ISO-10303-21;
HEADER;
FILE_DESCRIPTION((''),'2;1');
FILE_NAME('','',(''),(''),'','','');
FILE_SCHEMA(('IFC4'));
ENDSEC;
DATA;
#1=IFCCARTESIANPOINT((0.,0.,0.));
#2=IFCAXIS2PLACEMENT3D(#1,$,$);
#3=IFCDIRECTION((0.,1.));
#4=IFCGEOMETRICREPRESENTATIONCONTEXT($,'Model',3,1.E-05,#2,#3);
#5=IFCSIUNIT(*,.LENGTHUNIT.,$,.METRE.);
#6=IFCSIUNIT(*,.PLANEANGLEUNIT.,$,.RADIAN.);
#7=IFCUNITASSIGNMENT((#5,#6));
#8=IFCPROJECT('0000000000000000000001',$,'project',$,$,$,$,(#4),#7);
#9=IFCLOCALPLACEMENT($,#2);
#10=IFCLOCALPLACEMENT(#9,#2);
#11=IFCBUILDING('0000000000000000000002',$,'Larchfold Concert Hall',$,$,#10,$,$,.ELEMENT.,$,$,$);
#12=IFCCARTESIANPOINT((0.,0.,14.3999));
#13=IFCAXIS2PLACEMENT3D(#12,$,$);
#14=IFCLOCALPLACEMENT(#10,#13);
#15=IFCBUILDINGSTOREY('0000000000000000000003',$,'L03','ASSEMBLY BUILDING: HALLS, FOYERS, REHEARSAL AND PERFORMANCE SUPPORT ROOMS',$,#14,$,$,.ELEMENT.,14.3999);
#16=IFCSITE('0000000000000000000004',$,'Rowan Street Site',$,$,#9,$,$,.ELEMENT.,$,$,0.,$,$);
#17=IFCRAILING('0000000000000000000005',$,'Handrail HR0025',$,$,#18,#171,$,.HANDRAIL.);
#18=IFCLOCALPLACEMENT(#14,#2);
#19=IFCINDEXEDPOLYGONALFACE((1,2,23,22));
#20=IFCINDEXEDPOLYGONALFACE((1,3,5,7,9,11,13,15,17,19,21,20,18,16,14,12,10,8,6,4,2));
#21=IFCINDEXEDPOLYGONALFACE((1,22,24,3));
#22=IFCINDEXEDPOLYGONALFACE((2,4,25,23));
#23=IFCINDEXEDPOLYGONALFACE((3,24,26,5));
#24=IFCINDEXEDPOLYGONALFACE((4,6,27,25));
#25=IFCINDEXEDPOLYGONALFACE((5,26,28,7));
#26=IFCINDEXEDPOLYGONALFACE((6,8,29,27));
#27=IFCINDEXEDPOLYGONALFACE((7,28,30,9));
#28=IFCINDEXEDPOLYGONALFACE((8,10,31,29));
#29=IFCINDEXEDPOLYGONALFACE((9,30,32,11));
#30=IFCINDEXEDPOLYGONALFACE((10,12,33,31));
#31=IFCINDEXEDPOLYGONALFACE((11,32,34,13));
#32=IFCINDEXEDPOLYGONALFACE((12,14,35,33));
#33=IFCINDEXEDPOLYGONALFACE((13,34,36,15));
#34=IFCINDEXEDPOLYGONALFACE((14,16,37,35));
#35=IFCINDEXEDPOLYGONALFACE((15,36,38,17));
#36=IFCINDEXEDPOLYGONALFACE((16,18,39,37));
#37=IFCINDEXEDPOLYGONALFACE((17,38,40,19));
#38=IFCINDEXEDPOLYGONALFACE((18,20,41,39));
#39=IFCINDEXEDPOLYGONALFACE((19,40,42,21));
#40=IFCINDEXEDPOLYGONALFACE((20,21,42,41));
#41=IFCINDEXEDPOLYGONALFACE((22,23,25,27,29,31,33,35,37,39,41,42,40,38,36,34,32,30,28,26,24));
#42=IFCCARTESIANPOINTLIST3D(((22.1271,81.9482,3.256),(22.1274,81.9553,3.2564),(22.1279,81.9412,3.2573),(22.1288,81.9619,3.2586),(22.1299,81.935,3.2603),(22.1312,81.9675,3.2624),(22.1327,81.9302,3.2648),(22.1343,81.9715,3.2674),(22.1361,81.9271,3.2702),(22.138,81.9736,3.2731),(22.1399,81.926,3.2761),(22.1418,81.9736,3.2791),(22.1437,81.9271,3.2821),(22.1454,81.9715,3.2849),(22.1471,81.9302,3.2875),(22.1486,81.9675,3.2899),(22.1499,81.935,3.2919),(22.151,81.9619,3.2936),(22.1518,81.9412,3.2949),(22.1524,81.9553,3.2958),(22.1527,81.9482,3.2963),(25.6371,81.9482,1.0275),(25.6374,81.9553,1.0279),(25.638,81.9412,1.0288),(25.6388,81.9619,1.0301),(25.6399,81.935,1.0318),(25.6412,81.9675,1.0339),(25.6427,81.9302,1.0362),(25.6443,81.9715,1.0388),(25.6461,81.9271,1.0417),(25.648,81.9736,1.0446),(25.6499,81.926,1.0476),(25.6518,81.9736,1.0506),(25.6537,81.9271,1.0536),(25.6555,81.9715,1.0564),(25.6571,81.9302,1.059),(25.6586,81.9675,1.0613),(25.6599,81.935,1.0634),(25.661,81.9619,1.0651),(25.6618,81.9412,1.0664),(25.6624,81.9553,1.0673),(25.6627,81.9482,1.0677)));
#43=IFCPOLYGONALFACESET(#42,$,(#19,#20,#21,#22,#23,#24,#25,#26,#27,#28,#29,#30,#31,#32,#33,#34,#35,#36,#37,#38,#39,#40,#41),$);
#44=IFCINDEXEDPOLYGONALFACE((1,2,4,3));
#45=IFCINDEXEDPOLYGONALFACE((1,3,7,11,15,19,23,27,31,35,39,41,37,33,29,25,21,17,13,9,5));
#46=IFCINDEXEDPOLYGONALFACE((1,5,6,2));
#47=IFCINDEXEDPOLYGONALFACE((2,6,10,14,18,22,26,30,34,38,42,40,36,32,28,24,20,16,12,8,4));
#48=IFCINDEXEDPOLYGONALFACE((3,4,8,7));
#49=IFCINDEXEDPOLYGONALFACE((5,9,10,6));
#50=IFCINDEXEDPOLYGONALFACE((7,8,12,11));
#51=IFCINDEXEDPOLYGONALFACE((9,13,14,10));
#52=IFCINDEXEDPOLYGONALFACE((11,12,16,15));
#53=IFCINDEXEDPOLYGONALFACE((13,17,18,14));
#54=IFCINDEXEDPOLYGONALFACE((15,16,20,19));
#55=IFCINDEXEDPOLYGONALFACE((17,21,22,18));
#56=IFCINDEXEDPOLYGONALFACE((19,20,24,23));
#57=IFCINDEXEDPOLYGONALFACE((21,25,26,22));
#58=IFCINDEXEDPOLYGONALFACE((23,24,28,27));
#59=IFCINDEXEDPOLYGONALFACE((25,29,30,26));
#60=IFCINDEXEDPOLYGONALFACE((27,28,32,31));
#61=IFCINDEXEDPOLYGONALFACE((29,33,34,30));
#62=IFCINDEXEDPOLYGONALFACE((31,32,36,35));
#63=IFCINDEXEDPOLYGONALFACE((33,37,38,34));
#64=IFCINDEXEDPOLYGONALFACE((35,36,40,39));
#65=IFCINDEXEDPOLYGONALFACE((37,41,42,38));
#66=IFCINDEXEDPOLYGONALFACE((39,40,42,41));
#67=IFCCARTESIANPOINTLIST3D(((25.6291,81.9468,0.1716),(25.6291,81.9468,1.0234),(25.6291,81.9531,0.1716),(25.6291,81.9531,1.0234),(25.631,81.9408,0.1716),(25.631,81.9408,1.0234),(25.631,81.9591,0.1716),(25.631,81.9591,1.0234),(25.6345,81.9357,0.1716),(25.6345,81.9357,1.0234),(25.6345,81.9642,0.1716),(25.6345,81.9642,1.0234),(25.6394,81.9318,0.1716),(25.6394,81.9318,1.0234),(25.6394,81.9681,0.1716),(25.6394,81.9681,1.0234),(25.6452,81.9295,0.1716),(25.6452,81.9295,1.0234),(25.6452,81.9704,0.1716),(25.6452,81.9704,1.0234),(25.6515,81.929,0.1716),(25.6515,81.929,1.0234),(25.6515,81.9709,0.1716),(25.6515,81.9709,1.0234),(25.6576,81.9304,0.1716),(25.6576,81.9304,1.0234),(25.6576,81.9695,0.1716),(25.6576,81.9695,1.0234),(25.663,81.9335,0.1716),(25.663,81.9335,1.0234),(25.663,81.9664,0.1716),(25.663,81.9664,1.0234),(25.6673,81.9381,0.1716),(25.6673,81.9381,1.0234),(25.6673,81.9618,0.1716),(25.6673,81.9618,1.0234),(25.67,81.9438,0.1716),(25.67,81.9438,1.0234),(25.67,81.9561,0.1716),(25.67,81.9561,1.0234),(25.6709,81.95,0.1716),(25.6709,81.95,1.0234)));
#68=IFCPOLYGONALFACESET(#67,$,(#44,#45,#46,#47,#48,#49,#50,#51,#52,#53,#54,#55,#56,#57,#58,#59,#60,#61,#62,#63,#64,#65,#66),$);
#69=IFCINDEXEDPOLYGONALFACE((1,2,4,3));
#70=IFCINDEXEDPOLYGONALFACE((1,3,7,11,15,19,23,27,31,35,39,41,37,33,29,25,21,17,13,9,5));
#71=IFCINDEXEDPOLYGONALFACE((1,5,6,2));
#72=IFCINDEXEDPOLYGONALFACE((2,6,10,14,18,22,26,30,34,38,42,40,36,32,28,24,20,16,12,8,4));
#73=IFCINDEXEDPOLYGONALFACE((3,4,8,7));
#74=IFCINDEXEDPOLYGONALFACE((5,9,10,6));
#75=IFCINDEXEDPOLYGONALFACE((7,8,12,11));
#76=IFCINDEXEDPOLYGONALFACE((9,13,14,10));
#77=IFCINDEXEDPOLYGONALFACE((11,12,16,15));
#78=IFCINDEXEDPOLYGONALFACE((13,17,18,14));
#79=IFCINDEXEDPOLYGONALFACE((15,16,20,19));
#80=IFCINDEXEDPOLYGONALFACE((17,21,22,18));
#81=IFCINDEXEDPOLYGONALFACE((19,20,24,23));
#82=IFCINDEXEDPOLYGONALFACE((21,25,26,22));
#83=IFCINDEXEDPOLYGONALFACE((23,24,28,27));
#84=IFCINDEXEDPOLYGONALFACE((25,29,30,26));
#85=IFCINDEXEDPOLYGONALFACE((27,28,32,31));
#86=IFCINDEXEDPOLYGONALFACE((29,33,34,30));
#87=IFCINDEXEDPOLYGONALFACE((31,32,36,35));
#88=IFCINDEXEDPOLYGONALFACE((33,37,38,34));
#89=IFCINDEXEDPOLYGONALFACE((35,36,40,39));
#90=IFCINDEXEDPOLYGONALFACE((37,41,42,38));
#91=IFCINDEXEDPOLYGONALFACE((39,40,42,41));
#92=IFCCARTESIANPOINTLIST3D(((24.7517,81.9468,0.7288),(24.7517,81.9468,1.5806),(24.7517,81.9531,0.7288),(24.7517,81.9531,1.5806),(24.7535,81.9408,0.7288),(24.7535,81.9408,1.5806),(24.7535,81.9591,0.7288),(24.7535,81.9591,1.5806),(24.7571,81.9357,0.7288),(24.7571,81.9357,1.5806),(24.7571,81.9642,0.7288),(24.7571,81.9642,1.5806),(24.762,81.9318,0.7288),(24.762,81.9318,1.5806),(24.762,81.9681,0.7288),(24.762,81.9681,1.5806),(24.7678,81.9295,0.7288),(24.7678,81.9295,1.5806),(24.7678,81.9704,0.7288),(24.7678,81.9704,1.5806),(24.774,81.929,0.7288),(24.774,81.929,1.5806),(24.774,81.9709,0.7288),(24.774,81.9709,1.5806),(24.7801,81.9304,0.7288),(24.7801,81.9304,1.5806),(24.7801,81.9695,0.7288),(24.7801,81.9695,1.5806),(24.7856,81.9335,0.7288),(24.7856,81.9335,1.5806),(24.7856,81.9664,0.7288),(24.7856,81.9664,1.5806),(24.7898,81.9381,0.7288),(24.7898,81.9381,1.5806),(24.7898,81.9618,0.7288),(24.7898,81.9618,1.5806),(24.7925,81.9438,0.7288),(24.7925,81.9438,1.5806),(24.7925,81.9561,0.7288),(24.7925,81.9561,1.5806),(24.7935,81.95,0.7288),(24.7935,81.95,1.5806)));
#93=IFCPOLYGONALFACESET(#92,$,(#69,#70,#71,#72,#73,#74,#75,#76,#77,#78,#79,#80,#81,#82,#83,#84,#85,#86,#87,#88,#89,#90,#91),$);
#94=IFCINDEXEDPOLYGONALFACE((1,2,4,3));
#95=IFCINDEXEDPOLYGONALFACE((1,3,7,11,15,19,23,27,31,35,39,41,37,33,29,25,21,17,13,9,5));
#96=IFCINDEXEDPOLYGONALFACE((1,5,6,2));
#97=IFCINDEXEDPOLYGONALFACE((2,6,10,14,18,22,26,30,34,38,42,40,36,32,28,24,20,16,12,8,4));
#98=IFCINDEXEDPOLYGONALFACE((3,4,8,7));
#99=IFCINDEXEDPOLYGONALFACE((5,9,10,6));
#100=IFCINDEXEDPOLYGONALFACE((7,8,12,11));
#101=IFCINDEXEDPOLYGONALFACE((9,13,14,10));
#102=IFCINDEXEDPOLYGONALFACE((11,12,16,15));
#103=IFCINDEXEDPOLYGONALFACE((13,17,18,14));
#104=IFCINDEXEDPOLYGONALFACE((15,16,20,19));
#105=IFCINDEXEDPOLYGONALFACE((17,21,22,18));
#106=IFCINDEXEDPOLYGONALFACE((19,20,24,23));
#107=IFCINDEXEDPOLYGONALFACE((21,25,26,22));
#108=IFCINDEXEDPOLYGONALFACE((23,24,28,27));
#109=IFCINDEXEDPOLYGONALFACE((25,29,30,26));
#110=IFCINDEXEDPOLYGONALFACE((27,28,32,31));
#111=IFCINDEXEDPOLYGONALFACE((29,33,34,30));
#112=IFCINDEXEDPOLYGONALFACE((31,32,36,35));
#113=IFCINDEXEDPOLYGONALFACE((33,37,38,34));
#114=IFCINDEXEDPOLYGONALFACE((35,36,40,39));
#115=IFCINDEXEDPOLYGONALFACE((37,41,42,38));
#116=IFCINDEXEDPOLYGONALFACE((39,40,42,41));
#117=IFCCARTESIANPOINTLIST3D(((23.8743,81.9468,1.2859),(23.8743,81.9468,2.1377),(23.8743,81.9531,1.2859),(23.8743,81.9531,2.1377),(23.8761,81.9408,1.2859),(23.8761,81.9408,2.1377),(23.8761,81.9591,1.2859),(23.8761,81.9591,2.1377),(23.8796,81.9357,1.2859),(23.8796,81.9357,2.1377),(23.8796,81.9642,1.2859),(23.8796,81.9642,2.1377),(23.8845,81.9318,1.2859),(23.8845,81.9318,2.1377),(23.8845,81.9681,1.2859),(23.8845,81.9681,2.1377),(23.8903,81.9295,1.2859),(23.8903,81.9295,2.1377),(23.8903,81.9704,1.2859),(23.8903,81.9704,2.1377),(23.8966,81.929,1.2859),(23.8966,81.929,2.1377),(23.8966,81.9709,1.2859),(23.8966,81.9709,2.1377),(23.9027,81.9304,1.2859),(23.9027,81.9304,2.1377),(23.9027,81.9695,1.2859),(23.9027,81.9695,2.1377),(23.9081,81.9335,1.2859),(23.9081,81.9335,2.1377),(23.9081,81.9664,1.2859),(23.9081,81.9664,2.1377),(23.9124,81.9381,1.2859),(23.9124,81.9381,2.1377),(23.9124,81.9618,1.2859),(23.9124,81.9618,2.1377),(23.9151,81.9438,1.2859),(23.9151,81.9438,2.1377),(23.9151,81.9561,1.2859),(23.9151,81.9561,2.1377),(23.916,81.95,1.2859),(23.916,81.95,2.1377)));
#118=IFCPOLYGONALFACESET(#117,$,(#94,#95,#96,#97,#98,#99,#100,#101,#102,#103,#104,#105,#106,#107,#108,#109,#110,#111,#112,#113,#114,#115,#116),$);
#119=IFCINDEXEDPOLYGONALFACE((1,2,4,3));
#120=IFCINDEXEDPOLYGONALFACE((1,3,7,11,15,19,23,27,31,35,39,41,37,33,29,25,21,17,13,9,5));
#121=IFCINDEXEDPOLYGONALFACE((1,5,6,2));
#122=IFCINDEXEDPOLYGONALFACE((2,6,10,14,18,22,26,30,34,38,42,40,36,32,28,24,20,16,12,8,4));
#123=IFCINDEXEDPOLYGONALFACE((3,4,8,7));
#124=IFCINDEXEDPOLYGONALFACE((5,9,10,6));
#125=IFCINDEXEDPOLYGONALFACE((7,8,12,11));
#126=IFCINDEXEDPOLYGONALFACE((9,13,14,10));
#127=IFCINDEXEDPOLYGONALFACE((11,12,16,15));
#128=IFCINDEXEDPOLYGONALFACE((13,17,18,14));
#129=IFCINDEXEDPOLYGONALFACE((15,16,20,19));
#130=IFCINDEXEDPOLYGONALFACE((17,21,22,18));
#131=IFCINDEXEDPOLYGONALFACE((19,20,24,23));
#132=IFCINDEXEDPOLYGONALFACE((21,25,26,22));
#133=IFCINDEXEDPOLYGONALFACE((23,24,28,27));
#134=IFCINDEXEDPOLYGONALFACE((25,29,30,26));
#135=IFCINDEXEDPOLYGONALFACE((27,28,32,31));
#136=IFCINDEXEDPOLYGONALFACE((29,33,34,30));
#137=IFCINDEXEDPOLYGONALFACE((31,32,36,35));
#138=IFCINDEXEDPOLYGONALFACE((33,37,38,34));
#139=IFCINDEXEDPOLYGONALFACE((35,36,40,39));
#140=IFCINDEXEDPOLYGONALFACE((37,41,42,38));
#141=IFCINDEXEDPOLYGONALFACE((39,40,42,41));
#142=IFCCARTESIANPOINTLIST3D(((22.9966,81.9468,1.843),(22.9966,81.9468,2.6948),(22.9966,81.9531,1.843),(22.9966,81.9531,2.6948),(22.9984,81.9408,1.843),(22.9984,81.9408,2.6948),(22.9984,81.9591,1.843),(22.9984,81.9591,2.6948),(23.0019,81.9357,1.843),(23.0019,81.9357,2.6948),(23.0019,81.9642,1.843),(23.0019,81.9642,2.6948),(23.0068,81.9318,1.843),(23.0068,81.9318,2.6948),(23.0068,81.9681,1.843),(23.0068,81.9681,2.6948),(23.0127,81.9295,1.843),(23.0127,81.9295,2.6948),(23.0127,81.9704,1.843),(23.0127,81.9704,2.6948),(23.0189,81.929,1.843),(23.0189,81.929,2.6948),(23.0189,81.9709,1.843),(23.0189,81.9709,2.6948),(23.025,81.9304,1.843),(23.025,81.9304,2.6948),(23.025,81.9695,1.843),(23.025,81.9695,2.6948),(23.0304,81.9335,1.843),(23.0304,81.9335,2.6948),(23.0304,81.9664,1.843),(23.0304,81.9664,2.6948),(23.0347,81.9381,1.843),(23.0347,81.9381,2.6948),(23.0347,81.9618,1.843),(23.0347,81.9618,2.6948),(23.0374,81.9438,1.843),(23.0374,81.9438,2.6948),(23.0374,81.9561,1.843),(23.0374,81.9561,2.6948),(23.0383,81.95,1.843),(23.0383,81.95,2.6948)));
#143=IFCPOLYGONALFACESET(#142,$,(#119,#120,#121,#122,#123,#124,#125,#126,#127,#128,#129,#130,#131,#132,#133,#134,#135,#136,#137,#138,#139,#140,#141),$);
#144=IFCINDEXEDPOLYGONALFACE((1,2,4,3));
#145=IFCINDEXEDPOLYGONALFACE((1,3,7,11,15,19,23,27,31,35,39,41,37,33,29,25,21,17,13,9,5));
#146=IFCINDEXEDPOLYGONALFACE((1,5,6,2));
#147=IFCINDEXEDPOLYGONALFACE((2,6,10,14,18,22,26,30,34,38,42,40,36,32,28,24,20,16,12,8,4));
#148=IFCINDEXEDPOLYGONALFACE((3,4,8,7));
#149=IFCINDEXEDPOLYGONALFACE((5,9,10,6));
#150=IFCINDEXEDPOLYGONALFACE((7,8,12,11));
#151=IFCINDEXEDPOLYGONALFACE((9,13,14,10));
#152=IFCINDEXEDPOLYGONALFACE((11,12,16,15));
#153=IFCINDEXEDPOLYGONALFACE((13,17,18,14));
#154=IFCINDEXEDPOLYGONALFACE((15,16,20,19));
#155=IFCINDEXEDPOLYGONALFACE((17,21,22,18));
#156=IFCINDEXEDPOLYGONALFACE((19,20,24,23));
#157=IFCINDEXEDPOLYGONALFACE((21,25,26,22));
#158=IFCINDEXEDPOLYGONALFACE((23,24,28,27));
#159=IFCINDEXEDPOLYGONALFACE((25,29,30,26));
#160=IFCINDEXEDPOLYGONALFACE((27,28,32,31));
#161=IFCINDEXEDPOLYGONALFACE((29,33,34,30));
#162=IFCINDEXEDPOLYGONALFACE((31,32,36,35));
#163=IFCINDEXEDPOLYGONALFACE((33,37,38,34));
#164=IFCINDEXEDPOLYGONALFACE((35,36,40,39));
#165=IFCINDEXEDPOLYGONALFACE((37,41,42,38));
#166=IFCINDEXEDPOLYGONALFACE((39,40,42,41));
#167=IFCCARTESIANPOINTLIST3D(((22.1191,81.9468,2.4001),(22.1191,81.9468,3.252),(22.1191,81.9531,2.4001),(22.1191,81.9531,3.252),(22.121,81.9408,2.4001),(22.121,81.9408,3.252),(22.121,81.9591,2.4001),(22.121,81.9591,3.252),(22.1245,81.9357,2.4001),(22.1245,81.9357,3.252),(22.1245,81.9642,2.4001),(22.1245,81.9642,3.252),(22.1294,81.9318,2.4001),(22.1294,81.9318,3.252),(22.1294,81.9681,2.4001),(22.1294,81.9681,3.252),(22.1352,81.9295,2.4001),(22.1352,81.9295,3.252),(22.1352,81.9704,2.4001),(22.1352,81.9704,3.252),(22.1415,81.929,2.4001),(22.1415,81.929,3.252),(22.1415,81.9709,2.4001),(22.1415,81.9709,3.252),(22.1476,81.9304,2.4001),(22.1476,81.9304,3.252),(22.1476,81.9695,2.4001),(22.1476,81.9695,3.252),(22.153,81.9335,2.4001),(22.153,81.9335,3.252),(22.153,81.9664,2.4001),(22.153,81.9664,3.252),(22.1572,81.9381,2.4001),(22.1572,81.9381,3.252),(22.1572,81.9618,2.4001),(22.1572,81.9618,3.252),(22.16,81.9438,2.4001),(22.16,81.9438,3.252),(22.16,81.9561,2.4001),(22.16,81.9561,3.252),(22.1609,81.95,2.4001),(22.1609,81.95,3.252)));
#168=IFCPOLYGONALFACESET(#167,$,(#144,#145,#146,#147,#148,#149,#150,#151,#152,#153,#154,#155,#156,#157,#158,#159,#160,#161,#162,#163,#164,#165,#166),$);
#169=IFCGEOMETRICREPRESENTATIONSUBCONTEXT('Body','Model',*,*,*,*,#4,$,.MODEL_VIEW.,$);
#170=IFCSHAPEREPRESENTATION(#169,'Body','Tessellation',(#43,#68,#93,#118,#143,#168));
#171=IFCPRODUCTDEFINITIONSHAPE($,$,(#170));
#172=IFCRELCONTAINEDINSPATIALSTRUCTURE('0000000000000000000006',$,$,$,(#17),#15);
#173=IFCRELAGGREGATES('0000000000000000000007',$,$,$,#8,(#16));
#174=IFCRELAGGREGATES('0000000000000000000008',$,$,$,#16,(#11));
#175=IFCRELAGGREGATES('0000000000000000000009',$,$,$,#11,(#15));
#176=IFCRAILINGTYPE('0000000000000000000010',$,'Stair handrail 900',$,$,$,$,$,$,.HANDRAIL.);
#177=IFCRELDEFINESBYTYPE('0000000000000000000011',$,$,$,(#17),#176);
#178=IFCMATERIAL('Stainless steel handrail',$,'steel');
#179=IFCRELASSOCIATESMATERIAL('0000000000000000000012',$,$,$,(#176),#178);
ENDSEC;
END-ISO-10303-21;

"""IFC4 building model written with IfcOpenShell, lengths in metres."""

from ifc_helpers import new_model, si_unit, direction, frame, origin, origin_2d, place, context, subcontext, project, spatial, circle, extrude, material, type_object, element, save


model = new_model("IFC4")

# Units and contexts
model_context = context("Model", 3, precision=1e-05, world=origin(), true_north=direction((0.0, 1.0)))
body_context = subcontext(model_context, "Body", "Model", "MODEL_VIEW")
ifc_project = project(units=[si_unit("LENGTHUNIT", "METRE"), si_unit("PLANEANGLEUNIT", "RADIAN")], contexts=[model_context])

# Site, building, storey
site_placement = place(None, origin())
site = spatial("IfcSite", under=ifc_project, at=site_placement, Name="Rowan Street Site", CompositionType="ELEMENT", RefElevation=0.0)
building_placement = place(site_placement, origin())
building = spatial("IfcBuilding", under=site, at=building_placement, Name="Larchfold Concert Hall", CompositionType="ELEMENT")
storey_placement = place(building_placement, frame((0.0, 0.0, 14.3999)))
storey = spatial("IfcBuildingStorey", under=building, at=storey_placement, Name="L03", Description="ASSEMBLY BUILDING: HALLS, FOYERS, REHEARSAL AND PERFORMANCE SUPPORT ROOMS", CompositionType="ELEMENT", Elevation=14.3999)

# Railing
ifc_material_1 = material(Name="Stainless steel handrail", Category="steel")
railing_type_1 = type_object("IfcRailingType", Name="Stair handrail 900", PredefinedType="HANDRAIL", material=ifc_material_1)
for number, where, name in (
    (1, (25.6499, 81.95, 0.1716), "Handrail HR0025"),
):
    element("IfcRailing", number, at=place(storey_placement, frame(where)), inside=storey, type_object=railing_type_1, Name=name, PredefinedType="HANDRAIL", context=body_context, shape_type="SweptSolid", body=[
        extrude(circle(Radius=0.0239, at=origin_2d()), frame((0.0, 0.0, 0.876), z_axis=(-0.84422, 0.0, 0.535998), x_axis=(0.0, -1.0, 0.0)), (0.0, 0.0, 1.0), 4.1577),
        extrude(circle(Radius=0.021, at=origin_2d()), origin(), (0.0, 0.0, 1.0), 0.8518),
        extrude(circle(Radius=0.021, at=origin_2d()), frame((-0.8774, 0.0, 0.5571)), (0.0, 0.0, 1.0), 0.8518),
        extrude(circle(Radius=0.021, at=origin_2d()), frame((-1.7549, 0.0, 1.1143)), (0.0, 0.0, 1.0), 0.8518),
        extrude(circle(Radius=0.021, at=origin_2d()), frame((-2.6326, 0.0, 1.6714)), (0.0, 0.0, 1.0), 0.8518),
        extrude(circle(Radius=0.021, at=origin_2d()), frame((-3.51, 0.0, 2.2285)), (0.0, 0.0, 1.0), 0.8518),
    ])

save(model, "model.ifc")
